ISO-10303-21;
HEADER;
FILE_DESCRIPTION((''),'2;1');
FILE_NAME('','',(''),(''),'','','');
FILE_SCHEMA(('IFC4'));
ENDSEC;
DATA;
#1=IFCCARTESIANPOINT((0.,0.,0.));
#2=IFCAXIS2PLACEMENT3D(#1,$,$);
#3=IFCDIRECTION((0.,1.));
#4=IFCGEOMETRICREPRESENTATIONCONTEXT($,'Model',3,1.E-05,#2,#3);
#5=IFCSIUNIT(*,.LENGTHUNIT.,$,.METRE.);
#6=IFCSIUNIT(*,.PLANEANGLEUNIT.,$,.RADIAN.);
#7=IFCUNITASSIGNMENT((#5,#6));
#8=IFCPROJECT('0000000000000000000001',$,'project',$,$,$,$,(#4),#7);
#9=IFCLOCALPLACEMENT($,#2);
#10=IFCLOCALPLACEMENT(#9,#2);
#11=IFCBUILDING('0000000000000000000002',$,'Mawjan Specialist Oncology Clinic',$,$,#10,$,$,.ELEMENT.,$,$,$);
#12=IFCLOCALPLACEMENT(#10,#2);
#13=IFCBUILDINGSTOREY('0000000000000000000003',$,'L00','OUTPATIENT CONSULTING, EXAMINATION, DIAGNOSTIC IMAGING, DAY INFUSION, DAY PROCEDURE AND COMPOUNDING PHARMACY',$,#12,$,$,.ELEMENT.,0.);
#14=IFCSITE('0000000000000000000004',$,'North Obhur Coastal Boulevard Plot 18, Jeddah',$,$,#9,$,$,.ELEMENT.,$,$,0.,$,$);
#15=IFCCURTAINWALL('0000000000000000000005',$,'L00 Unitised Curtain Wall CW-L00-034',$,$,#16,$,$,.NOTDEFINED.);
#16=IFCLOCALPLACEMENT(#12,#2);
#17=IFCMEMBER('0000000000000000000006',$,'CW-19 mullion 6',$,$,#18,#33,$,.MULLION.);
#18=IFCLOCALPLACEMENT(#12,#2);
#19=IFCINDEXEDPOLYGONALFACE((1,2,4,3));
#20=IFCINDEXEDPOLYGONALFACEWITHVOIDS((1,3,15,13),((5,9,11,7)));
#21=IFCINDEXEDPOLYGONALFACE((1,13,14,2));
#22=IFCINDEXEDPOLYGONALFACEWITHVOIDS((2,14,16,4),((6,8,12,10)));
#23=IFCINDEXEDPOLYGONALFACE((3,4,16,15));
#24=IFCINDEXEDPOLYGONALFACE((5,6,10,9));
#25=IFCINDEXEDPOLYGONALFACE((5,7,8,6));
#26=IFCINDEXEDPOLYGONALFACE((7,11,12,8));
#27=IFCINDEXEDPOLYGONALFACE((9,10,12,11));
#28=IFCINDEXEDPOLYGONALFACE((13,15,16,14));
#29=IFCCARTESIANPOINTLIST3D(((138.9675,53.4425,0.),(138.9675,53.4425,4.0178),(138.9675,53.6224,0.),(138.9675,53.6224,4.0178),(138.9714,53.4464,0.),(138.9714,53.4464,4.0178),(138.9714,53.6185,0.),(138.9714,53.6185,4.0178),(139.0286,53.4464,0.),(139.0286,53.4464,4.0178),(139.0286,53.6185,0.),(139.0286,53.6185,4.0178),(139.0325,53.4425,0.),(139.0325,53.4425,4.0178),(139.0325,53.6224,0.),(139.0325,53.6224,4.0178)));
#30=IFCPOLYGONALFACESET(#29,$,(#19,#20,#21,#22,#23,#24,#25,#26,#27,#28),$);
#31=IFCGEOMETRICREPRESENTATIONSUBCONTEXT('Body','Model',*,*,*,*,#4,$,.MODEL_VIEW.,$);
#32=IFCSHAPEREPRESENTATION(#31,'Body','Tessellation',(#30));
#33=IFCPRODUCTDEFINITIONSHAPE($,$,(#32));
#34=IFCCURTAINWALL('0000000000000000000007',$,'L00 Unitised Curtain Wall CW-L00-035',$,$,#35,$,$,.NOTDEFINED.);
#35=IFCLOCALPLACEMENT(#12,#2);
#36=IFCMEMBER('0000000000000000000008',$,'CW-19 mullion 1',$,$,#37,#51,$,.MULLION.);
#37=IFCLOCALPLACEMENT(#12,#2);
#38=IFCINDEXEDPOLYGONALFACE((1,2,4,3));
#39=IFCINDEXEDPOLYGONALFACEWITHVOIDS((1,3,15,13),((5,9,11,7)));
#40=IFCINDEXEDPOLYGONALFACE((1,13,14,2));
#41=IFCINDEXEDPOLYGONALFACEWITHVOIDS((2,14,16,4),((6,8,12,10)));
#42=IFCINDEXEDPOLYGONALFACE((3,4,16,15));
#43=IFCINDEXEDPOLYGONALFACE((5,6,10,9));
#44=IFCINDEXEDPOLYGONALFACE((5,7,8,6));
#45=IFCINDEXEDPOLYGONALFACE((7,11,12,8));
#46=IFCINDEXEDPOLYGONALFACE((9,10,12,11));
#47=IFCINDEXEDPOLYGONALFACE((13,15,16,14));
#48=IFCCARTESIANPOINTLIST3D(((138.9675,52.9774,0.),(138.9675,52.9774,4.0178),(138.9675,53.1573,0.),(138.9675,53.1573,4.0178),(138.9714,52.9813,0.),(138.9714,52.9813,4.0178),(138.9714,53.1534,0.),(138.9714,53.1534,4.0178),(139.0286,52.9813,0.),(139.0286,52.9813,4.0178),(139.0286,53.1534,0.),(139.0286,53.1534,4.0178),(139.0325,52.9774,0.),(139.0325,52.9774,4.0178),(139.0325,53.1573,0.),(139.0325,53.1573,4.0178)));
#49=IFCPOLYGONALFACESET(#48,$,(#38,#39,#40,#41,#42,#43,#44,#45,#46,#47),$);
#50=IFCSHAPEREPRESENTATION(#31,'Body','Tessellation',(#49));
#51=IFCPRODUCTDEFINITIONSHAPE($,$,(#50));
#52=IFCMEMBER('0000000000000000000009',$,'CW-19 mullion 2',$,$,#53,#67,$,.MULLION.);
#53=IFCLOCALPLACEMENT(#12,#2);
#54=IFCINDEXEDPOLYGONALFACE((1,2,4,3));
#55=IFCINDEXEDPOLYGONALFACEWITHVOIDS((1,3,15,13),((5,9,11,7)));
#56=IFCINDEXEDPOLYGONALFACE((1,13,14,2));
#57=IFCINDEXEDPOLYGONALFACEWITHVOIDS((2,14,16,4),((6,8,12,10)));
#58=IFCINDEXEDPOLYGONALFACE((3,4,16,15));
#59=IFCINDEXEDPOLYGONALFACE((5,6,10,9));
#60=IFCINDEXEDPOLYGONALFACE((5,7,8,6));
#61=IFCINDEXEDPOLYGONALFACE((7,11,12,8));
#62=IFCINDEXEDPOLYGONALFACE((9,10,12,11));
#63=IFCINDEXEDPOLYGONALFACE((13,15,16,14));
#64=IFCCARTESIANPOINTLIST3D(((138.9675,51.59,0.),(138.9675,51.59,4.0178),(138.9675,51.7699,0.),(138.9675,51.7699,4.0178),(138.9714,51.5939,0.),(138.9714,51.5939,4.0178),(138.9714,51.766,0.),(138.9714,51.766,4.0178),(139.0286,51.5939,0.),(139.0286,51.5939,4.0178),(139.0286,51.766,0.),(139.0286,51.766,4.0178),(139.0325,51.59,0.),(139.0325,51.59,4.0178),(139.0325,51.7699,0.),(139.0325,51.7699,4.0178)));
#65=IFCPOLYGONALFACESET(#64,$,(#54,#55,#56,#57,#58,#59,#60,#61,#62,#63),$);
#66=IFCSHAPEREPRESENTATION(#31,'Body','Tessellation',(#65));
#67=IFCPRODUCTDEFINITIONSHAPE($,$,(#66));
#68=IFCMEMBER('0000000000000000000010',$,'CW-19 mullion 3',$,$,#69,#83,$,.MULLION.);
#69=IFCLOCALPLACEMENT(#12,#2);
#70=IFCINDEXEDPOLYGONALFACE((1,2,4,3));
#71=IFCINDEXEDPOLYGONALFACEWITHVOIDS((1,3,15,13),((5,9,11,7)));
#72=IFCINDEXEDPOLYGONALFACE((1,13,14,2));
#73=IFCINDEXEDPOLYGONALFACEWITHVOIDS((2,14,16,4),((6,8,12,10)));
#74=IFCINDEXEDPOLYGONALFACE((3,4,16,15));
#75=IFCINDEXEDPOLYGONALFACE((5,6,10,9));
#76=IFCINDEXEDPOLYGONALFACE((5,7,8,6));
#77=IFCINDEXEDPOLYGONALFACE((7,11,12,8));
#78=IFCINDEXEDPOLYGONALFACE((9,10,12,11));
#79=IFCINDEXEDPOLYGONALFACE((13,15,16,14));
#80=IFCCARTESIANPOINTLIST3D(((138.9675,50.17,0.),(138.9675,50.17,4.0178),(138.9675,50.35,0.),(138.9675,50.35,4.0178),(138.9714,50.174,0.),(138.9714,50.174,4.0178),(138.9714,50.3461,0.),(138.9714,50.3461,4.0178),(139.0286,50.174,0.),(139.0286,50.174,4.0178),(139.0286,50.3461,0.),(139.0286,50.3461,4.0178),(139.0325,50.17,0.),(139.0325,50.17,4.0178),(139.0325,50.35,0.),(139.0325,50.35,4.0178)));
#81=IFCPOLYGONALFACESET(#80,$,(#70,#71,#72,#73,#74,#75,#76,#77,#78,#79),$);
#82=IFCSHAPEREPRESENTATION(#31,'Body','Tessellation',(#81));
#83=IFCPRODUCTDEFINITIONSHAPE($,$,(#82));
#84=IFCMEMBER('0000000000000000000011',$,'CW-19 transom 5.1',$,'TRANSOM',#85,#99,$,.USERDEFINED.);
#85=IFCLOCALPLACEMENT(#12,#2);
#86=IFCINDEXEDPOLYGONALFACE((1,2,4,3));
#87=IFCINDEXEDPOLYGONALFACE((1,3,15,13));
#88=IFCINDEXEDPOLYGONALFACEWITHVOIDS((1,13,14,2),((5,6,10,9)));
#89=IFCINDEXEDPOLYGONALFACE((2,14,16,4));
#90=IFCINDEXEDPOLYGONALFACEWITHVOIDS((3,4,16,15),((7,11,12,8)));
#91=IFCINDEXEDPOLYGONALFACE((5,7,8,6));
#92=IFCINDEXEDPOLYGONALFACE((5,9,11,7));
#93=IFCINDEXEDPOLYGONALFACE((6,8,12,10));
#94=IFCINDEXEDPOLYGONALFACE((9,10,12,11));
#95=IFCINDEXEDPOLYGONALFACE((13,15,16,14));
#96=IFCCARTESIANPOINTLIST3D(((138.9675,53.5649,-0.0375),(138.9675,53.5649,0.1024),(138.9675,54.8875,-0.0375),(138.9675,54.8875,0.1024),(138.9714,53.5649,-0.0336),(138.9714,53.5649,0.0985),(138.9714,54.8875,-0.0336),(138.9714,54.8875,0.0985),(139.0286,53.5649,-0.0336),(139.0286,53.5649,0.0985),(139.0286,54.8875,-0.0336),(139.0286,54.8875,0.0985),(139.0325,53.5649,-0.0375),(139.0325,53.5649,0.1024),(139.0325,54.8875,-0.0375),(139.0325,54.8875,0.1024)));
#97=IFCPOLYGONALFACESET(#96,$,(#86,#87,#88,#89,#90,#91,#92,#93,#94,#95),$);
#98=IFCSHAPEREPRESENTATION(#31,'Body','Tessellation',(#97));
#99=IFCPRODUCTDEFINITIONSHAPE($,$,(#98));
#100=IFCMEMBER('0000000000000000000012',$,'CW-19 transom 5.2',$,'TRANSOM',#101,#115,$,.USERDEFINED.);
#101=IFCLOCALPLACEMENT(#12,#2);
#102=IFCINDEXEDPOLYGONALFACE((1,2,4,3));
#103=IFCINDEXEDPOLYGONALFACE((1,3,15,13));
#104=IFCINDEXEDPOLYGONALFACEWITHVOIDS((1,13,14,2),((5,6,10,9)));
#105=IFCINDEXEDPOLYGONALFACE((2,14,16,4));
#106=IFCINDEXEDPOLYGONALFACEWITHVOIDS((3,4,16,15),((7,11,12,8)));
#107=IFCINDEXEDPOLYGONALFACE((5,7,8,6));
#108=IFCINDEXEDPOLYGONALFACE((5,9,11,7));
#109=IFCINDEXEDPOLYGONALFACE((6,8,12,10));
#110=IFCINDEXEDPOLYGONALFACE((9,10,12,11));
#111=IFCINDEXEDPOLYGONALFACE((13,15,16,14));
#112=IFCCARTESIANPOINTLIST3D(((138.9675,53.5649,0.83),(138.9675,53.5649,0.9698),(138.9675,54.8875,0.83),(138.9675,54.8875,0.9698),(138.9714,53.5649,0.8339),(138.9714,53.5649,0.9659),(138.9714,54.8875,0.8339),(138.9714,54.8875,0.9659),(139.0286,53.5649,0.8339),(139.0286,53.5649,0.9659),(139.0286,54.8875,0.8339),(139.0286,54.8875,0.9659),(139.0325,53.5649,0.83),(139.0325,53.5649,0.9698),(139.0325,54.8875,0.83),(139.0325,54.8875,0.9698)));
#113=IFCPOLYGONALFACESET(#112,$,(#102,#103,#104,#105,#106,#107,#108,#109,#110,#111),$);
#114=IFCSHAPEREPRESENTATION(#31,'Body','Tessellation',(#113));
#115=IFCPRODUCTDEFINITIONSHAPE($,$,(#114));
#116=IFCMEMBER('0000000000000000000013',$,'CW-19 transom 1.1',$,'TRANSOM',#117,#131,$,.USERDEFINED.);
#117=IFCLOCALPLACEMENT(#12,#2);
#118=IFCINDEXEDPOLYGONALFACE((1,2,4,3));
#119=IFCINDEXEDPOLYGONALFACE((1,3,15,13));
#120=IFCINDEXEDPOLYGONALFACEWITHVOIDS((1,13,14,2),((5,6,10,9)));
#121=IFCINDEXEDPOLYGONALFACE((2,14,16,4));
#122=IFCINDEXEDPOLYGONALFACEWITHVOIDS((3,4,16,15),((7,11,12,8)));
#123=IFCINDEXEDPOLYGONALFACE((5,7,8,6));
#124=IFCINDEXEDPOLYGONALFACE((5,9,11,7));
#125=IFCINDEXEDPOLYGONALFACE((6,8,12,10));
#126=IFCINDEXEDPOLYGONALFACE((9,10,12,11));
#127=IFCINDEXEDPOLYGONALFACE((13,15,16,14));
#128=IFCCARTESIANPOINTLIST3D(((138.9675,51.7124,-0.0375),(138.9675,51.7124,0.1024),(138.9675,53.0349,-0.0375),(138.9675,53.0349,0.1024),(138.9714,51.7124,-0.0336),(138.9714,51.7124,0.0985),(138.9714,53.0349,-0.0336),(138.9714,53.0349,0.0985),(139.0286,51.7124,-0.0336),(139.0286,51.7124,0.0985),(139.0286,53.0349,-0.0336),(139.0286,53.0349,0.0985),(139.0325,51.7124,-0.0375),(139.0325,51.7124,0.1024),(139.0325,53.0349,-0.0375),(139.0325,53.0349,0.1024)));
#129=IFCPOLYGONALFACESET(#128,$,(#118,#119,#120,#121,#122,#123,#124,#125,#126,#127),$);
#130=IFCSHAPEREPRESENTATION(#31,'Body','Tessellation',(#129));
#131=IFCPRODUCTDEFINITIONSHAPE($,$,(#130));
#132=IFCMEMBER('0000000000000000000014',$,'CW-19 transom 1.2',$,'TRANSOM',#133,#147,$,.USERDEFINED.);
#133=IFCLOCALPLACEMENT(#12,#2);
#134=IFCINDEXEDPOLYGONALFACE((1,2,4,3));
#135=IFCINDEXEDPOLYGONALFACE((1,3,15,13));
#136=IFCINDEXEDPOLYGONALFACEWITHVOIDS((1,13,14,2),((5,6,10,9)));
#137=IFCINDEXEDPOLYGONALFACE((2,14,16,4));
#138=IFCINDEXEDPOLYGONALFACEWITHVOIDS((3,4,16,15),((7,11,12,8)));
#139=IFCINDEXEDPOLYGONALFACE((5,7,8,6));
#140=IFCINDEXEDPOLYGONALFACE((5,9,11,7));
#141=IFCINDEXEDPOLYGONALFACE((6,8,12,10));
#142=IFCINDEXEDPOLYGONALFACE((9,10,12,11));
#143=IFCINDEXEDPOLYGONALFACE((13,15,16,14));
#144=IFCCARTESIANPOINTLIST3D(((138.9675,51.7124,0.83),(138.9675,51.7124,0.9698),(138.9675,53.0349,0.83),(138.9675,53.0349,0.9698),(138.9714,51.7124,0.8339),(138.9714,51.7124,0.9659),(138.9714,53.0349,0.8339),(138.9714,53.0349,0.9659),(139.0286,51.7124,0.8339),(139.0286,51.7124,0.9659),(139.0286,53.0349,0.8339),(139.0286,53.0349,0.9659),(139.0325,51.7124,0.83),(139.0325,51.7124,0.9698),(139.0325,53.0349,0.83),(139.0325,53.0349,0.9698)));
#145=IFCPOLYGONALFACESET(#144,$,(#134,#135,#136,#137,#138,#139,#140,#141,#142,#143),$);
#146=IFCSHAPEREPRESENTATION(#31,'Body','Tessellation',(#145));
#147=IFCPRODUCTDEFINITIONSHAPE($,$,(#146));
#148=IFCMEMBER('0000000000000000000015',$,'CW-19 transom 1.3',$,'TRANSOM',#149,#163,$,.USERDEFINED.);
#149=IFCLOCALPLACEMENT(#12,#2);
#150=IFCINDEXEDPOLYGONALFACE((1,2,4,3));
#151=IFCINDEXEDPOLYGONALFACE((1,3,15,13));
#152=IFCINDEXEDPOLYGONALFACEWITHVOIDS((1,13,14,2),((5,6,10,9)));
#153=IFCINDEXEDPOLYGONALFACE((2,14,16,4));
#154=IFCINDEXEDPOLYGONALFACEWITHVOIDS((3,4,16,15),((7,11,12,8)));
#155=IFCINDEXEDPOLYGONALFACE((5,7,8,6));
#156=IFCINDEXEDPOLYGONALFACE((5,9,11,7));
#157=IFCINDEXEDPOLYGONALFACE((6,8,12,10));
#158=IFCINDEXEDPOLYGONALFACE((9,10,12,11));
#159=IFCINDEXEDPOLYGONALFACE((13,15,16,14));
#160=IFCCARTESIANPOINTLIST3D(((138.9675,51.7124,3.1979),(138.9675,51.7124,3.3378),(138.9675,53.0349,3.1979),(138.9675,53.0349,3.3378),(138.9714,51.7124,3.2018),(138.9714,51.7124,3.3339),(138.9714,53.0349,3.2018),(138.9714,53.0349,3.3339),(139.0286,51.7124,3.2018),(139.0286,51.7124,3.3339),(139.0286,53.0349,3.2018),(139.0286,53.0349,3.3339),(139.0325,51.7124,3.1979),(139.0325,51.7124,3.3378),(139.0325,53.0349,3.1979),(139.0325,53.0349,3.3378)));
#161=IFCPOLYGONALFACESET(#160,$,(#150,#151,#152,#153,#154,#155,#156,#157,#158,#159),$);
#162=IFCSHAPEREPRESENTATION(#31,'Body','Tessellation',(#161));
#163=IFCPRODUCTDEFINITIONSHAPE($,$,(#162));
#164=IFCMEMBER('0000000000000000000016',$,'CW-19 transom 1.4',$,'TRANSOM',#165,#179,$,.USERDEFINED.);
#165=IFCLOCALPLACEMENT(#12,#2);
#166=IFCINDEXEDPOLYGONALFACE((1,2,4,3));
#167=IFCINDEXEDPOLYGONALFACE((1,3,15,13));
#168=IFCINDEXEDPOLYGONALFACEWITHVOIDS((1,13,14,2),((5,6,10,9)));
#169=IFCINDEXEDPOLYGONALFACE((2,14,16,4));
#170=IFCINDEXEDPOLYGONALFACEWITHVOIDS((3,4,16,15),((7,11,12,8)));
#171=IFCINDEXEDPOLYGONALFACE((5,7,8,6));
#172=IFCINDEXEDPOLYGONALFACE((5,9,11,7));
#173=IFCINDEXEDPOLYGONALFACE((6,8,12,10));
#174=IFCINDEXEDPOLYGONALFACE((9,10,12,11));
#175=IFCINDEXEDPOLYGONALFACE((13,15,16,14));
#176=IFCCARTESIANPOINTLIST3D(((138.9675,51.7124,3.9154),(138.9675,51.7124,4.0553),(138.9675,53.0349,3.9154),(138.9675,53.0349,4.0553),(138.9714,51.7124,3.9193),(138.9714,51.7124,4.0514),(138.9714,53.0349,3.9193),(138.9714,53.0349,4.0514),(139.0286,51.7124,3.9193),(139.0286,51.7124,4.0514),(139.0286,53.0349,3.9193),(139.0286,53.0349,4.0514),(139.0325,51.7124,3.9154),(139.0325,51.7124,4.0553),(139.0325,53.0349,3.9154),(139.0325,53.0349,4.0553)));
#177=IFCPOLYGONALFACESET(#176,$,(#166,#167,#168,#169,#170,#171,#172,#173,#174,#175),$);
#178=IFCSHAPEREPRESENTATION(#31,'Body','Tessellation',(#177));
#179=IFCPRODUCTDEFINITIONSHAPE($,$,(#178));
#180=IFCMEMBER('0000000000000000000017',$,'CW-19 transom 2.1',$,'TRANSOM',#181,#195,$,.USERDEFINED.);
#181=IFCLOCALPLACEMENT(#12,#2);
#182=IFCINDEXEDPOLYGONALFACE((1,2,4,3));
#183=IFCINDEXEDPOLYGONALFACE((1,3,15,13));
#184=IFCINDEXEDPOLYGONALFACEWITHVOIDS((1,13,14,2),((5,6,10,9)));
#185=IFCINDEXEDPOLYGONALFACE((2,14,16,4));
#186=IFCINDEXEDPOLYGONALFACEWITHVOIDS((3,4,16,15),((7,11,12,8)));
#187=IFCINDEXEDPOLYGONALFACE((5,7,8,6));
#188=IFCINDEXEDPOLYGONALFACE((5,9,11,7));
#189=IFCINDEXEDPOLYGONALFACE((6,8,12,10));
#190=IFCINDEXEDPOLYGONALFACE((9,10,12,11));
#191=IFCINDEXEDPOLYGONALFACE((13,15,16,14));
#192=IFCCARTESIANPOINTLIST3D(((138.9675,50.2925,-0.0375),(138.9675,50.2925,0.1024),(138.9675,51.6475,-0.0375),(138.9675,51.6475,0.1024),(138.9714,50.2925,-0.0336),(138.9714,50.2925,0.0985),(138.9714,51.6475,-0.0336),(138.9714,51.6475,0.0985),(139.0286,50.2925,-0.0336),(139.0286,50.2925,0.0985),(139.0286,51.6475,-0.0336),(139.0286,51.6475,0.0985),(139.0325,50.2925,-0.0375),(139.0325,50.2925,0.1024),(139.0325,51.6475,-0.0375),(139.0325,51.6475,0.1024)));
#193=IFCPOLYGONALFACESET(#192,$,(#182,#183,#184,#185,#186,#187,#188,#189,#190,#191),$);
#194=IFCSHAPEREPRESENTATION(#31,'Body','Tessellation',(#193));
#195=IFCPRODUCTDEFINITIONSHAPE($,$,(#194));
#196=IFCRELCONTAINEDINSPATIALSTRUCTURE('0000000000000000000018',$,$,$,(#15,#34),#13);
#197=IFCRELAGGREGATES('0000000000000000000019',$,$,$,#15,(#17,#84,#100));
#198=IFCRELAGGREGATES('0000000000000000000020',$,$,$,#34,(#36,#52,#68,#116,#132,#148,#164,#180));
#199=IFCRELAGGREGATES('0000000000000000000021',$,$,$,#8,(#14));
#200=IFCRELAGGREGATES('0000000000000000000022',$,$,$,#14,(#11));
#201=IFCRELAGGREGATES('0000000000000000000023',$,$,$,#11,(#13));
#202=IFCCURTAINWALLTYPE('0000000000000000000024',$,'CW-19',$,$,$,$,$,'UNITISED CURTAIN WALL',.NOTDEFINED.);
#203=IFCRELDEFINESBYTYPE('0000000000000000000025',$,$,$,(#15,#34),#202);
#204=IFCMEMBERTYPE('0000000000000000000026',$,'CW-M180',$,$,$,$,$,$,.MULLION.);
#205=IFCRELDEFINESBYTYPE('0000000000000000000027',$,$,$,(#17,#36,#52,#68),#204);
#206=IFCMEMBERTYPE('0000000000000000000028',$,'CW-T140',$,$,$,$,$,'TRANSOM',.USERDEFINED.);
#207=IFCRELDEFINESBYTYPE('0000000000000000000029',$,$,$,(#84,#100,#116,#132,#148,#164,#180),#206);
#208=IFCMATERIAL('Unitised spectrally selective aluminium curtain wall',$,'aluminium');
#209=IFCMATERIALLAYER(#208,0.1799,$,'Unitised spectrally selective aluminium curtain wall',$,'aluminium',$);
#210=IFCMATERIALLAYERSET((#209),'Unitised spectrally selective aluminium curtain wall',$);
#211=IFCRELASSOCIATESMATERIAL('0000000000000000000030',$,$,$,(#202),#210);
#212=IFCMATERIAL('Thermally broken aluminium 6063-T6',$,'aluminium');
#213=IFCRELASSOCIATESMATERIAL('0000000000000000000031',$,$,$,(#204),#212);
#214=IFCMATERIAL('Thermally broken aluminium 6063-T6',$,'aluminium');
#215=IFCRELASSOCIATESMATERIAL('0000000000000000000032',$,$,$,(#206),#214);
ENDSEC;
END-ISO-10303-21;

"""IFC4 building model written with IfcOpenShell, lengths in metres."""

from ifc_helpers import new_model, si_unit, direction, frame, origin, origin_2d, place, context, subcontext, project, spatial, hollow_rectangle, extrude, material, layer, layer_set, material_profile, profile_set, type_object, element, aggregate, save


model = new_model("IFC4")

# Units and contexts
model_context = context("Model", 3, precision=1e-05, world=origin(), true_north=direction((0.0, 1.0)))
body_context = subcontext(model_context, "Body", "Model", "MODEL_VIEW")
ifc_project = project(units=[si_unit("LENGTHUNIT", "METRE"), si_unit("PLANEANGLEUNIT", "RADIAN")], contexts=[model_context])

# Site, building, storey
site_placement = place(None, origin())
site = spatial("IfcSite", under=ifc_project, at=site_placement, Name="North Obhur Coastal Boulevard Plot 18, Jeddah", CompositionType="ELEMENT", RefElevation=0.0)
building_placement = place(site_placement, origin())
building = spatial("IfcBuilding", under=site, at=building_placement, Name="Mawjan Specialist Oncology Clinic", CompositionType="ELEMENT")
storey_placement = place(building_placement, origin())
storey = spatial("IfcBuildingStorey", under=building, at=storey_placement, Name="L00", Description="OUTPATIENT CONSULTING, EXAMINATION, DIAGNOSTIC IMAGING, DAY INFUSION, DAY PROCEDURE AND COMPOUNDING PHARMACY", CompositionType="ELEMENT", Elevation=0.0)

# Curtain wall, member
ifc_material_1 = material(Name="Unitised spectrally selective aluminium curtain wall", Category="aluminium")
ifc_layer_1 = layer(ifc_material_1, 0.1799, Name="Unitised spectrally selective aluminium curtain wall", Category="aluminium")
ifc_layer_set_1 = layer_set([ifc_layer_1], Name="Unitised spectrally selective aluminium curtain wall")
curtain_wall_type = type_object("IfcCurtainWallType", Name="CW-19", ElementType="UNITISED CURTAIN WALL", PredefinedType="NOTDEFINED", material=ifc_layer_set_1)
curtain_wall_1_placement = place(storey_placement, origin())
curtain_wall_1 = element("IfcCurtainWall", 1, at=curtain_wall_1_placement, inside=storey, type_object=curtain_wall_type, Name="L00 Unitised Curtain Wall CW-L00-034", PredefinedType="NOTDEFINED")
ifc_material_2 = material(Name="Thermally broken aluminium 6063-T6", Category="aluminium")
ifc_material_profile_1 = material_profile(ifc_material_2, hollow_rectangle(XDim=0.0649, YDim=0.1799, WallThickness=0.0039, at=origin_2d()), Name="ALU MULLION 180x65x4", Category="aluminium")
ifc_profile_set_1 = profile_set([ifc_material_profile_1], Name="Thermally broken aluminium 6063-T6")
member_type_1 = type_object("IfcMemberType", Name="CW-M180", PredefinedType="MULLION", material=ifc_profile_set_1)
member_1_placement = place(storey_placement, frame((139.0, 53.5325, 0.0), z_axis=(0.0, 0.0, 1.0), x_axis=(1.0, 0.0, 0.0)))
member_1 = element("IfcMember", 2, at=member_1_placement, type_object=member_type_1, Name="CW-19 mullion 6", PredefinedType="MULLION", context=body_context, shape_type="SweptSolid", body=[
    extrude(hollow_rectangle(XDim=0.0649, YDim=0.1799, WallThickness=0.0039, at=origin_2d()), origin(), (0.0, 0.0, 1.0), 4.0178),
])

# Curtain wall, members
curtain_wall_2_placement = place(storey_placement, origin())
curtain_wall_2 = element("IfcCurtainWall", 3, at=curtain_wall_2_placement, inside=storey, type_object=curtain_wall_type, Name="L00 Unitised Curtain Wall CW-L00-035", PredefinedType="NOTDEFINED")
member_2_placement = place(storey_placement, frame((139.0, 53.0674, 0.0), z_axis=(0.0, 0.0, 1.0), x_axis=(1.0, 0.0, 0.0)))
member_2 = element("IfcMember", 4, at=member_2_placement, type_object=member_type_1, Name="CW-19 mullion 1", PredefinedType="MULLION", context=body_context, shape_type="SweptSolid", body=[
    extrude(hollow_rectangle(XDim=0.0649, YDim=0.1799, WallThickness=0.0039, at=origin_2d()), origin(), (0.0, 0.0, 1.0), 4.0178),
])
member_3_placement = place(storey_placement, frame((139.0, 51.6799, 0.0), z_axis=(0.0, 0.0, 1.0), x_axis=(1.0, 0.0, 0.0)))
member_3 = element("IfcMember", 5, at=member_3_placement, type_object=member_type_1, Name="CW-19 mullion 2", PredefinedType="MULLION", context=body_context, shape_type="SweptSolid", body=[
    extrude(hollow_rectangle(XDim=0.0649, YDim=0.1799, WallThickness=0.0039, at=origin_2d()), origin(), (0.0, 0.0, 1.0), 4.0178),
])
member_4_placement = place(storey_placement, frame((139.0, 50.26, 0.0), z_axis=(0.0, 0.0, 1.0), x_axis=(1.0, 0.0, 0.0)))
member_4 = element("IfcMember", 6, at=member_4_placement, type_object=member_type_1, Name="CW-19 mullion 3", PredefinedType="MULLION", context=body_context, shape_type="SweptSolid", body=[
    extrude(hollow_rectangle(XDim=0.0649, YDim=0.1799, WallThickness=0.0039, at=origin_2d()), origin(), (0.0, 0.0, 1.0), 4.0178),
])

# Members
ifc_material_3 = material(Name="Thermally broken aluminium 6063-T6", Category="aluminium")
ifc_material_profile_2 = material_profile(ifc_material_3, hollow_rectangle(XDim=0.0649, YDim=0.1399, WallThickness=0.0039, at=origin_2d()), Name="ALU TRANSOM 140x65x4", Category="aluminium")
ifc_profile_set_2 = profile_set([ifc_material_profile_2], Name="Thermally broken aluminium 6063-T6")
member_type_2 = type_object("IfcMemberType", Name="CW-T140", ElementType="TRANSOM", PredefinedType="USERDEFINED", material=ifc_profile_set_2)
member_5_placement = place(storey_placement, frame((139.0, 54.8875, 0.0325), z_axis=(0.0, -1.0, 0.0), x_axis=(1.0, 0.0, 0.0)))
member_5 = element("IfcMember", 7, at=member_5_placement, type_object=member_type_2, Name="CW-19 transom 5.1", ObjectType="TRANSOM", PredefinedType="USERDEFINED", context=body_context, shape_type="SweptSolid", body=[
    extrude(hollow_rectangle(XDim=0.0649, YDim=0.1399, WallThickness=0.0039, at=origin_2d()), origin(), (0.0, 0.0, 1.0), 1.3225),
])
member_6_placement = place(storey_placement, frame((139.0, 54.8875, 0.8999), z_axis=(0.0, -1.0, 0.0), x_axis=(1.0, 0.0, 0.0)))
member_6 = element("IfcMember", 8, at=member_6_placement, type_object=member_type_2, Name="CW-19 transom 5.2", ObjectType="TRANSOM", PredefinedType="USERDEFINED", context=body_context, shape_type="SweptSolid", body=[
    extrude(hollow_rectangle(XDim=0.0649, YDim=0.1399, WallThickness=0.0039, at=origin_2d()), origin(), (0.0, 0.0, 1.0), 1.3225),
])
member_7_placement = place(storey_placement, frame((139.0, 53.0349, 0.0325), z_axis=(0.0, -1.0, 0.0), x_axis=(1.0, 0.0, 0.0)))
member_7 = element("IfcMember", 9, at=member_7_placement, type_object=member_type_2, Name="CW-19 transom 1.1", ObjectType="TRANSOM", PredefinedType="USERDEFINED", context=body_context, shape_type="SweptSolid", body=[
    extrude(hollow_rectangle(XDim=0.0649, YDim=0.1399, WallThickness=0.0039, at=origin_2d()), origin(), (0.0, 0.0, 1.0), 1.3225),
])
member_8_placement = place(storey_placement, frame((139.0, 53.0349, 0.8999), z_axis=(0.0, -1.0, 0.0), x_axis=(1.0, 0.0, 0.0)))
member_8 = element("IfcMember", 10, at=member_8_placement, type_object=member_type_2, Name="CW-19 transom 1.2", ObjectType="TRANSOM", PredefinedType="USERDEFINED", context=body_context, shape_type="SweptSolid", body=[
    extrude(hollow_rectangle(XDim=0.0649, YDim=0.1399, WallThickness=0.0039, at=origin_2d()), origin(), (0.0, 0.0, 1.0), 1.3225),
])
member_9_placement = place(storey_placement, frame((139.0, 53.0349, 3.2678), z_axis=(0.0, -1.0, 0.0), x_axis=(1.0, 0.0, 0.0)))
member_9 = element("IfcMember", 11, at=member_9_placement, type_object=member_type_2, Name="CW-19 transom 1.3", ObjectType="TRANSOM", PredefinedType="USERDEFINED", context=body_context, shape_type="SweptSolid", body=[
    extrude(hollow_rectangle(XDim=0.0649, YDim=0.1399, WallThickness=0.0039, at=origin_2d()), origin(), (0.0, 0.0, 1.0), 1.3225),
])
member_10_placement = place(storey_placement, frame((139.0, 53.0349, 3.9854), z_axis=(0.0, -1.0, 0.0), x_axis=(1.0, 0.0, 0.0)))
member_10 = element("IfcMember", 12, at=member_10_placement, type_object=member_type_2, Name="CW-19 transom 1.4", ObjectType="TRANSOM", PredefinedType="USERDEFINED", context=body_context, shape_type="SweptSolid", body=[
    extrude(hollow_rectangle(XDim=0.0649, YDim=0.1399, WallThickness=0.0039, at=origin_2d()), origin(), (0.0, 0.0, 1.0), 1.3225),
])
member_11_placement = place(storey_placement, frame((139.0, 51.6475, 0.0325), z_axis=(0.0, -1.0, 0.0), x_axis=(1.0, 0.0, 0.0)))
member_11 = element("IfcMember", 13, at=member_11_placement, type_object=member_type_2, Name="CW-19 transom 2.1", ObjectType="TRANSOM", PredefinedType="USERDEFINED", context=body_context, shape_type="SweptSolid", body=[
    extrude(hollow_rectangle(XDim=0.0649, YDim=0.1399, WallThickness=0.0039, at=origin_2d()), origin(), (0.0, 0.0, 1.0), 1.355),
])

aggregate(curtain_wall_1, [member_1, member_5, member_6])
aggregate(curtain_wall_2, [member_2, member_3, member_4, member_7, member_8, member_9, member_10, member_11])

save(model, "model.ifc")
